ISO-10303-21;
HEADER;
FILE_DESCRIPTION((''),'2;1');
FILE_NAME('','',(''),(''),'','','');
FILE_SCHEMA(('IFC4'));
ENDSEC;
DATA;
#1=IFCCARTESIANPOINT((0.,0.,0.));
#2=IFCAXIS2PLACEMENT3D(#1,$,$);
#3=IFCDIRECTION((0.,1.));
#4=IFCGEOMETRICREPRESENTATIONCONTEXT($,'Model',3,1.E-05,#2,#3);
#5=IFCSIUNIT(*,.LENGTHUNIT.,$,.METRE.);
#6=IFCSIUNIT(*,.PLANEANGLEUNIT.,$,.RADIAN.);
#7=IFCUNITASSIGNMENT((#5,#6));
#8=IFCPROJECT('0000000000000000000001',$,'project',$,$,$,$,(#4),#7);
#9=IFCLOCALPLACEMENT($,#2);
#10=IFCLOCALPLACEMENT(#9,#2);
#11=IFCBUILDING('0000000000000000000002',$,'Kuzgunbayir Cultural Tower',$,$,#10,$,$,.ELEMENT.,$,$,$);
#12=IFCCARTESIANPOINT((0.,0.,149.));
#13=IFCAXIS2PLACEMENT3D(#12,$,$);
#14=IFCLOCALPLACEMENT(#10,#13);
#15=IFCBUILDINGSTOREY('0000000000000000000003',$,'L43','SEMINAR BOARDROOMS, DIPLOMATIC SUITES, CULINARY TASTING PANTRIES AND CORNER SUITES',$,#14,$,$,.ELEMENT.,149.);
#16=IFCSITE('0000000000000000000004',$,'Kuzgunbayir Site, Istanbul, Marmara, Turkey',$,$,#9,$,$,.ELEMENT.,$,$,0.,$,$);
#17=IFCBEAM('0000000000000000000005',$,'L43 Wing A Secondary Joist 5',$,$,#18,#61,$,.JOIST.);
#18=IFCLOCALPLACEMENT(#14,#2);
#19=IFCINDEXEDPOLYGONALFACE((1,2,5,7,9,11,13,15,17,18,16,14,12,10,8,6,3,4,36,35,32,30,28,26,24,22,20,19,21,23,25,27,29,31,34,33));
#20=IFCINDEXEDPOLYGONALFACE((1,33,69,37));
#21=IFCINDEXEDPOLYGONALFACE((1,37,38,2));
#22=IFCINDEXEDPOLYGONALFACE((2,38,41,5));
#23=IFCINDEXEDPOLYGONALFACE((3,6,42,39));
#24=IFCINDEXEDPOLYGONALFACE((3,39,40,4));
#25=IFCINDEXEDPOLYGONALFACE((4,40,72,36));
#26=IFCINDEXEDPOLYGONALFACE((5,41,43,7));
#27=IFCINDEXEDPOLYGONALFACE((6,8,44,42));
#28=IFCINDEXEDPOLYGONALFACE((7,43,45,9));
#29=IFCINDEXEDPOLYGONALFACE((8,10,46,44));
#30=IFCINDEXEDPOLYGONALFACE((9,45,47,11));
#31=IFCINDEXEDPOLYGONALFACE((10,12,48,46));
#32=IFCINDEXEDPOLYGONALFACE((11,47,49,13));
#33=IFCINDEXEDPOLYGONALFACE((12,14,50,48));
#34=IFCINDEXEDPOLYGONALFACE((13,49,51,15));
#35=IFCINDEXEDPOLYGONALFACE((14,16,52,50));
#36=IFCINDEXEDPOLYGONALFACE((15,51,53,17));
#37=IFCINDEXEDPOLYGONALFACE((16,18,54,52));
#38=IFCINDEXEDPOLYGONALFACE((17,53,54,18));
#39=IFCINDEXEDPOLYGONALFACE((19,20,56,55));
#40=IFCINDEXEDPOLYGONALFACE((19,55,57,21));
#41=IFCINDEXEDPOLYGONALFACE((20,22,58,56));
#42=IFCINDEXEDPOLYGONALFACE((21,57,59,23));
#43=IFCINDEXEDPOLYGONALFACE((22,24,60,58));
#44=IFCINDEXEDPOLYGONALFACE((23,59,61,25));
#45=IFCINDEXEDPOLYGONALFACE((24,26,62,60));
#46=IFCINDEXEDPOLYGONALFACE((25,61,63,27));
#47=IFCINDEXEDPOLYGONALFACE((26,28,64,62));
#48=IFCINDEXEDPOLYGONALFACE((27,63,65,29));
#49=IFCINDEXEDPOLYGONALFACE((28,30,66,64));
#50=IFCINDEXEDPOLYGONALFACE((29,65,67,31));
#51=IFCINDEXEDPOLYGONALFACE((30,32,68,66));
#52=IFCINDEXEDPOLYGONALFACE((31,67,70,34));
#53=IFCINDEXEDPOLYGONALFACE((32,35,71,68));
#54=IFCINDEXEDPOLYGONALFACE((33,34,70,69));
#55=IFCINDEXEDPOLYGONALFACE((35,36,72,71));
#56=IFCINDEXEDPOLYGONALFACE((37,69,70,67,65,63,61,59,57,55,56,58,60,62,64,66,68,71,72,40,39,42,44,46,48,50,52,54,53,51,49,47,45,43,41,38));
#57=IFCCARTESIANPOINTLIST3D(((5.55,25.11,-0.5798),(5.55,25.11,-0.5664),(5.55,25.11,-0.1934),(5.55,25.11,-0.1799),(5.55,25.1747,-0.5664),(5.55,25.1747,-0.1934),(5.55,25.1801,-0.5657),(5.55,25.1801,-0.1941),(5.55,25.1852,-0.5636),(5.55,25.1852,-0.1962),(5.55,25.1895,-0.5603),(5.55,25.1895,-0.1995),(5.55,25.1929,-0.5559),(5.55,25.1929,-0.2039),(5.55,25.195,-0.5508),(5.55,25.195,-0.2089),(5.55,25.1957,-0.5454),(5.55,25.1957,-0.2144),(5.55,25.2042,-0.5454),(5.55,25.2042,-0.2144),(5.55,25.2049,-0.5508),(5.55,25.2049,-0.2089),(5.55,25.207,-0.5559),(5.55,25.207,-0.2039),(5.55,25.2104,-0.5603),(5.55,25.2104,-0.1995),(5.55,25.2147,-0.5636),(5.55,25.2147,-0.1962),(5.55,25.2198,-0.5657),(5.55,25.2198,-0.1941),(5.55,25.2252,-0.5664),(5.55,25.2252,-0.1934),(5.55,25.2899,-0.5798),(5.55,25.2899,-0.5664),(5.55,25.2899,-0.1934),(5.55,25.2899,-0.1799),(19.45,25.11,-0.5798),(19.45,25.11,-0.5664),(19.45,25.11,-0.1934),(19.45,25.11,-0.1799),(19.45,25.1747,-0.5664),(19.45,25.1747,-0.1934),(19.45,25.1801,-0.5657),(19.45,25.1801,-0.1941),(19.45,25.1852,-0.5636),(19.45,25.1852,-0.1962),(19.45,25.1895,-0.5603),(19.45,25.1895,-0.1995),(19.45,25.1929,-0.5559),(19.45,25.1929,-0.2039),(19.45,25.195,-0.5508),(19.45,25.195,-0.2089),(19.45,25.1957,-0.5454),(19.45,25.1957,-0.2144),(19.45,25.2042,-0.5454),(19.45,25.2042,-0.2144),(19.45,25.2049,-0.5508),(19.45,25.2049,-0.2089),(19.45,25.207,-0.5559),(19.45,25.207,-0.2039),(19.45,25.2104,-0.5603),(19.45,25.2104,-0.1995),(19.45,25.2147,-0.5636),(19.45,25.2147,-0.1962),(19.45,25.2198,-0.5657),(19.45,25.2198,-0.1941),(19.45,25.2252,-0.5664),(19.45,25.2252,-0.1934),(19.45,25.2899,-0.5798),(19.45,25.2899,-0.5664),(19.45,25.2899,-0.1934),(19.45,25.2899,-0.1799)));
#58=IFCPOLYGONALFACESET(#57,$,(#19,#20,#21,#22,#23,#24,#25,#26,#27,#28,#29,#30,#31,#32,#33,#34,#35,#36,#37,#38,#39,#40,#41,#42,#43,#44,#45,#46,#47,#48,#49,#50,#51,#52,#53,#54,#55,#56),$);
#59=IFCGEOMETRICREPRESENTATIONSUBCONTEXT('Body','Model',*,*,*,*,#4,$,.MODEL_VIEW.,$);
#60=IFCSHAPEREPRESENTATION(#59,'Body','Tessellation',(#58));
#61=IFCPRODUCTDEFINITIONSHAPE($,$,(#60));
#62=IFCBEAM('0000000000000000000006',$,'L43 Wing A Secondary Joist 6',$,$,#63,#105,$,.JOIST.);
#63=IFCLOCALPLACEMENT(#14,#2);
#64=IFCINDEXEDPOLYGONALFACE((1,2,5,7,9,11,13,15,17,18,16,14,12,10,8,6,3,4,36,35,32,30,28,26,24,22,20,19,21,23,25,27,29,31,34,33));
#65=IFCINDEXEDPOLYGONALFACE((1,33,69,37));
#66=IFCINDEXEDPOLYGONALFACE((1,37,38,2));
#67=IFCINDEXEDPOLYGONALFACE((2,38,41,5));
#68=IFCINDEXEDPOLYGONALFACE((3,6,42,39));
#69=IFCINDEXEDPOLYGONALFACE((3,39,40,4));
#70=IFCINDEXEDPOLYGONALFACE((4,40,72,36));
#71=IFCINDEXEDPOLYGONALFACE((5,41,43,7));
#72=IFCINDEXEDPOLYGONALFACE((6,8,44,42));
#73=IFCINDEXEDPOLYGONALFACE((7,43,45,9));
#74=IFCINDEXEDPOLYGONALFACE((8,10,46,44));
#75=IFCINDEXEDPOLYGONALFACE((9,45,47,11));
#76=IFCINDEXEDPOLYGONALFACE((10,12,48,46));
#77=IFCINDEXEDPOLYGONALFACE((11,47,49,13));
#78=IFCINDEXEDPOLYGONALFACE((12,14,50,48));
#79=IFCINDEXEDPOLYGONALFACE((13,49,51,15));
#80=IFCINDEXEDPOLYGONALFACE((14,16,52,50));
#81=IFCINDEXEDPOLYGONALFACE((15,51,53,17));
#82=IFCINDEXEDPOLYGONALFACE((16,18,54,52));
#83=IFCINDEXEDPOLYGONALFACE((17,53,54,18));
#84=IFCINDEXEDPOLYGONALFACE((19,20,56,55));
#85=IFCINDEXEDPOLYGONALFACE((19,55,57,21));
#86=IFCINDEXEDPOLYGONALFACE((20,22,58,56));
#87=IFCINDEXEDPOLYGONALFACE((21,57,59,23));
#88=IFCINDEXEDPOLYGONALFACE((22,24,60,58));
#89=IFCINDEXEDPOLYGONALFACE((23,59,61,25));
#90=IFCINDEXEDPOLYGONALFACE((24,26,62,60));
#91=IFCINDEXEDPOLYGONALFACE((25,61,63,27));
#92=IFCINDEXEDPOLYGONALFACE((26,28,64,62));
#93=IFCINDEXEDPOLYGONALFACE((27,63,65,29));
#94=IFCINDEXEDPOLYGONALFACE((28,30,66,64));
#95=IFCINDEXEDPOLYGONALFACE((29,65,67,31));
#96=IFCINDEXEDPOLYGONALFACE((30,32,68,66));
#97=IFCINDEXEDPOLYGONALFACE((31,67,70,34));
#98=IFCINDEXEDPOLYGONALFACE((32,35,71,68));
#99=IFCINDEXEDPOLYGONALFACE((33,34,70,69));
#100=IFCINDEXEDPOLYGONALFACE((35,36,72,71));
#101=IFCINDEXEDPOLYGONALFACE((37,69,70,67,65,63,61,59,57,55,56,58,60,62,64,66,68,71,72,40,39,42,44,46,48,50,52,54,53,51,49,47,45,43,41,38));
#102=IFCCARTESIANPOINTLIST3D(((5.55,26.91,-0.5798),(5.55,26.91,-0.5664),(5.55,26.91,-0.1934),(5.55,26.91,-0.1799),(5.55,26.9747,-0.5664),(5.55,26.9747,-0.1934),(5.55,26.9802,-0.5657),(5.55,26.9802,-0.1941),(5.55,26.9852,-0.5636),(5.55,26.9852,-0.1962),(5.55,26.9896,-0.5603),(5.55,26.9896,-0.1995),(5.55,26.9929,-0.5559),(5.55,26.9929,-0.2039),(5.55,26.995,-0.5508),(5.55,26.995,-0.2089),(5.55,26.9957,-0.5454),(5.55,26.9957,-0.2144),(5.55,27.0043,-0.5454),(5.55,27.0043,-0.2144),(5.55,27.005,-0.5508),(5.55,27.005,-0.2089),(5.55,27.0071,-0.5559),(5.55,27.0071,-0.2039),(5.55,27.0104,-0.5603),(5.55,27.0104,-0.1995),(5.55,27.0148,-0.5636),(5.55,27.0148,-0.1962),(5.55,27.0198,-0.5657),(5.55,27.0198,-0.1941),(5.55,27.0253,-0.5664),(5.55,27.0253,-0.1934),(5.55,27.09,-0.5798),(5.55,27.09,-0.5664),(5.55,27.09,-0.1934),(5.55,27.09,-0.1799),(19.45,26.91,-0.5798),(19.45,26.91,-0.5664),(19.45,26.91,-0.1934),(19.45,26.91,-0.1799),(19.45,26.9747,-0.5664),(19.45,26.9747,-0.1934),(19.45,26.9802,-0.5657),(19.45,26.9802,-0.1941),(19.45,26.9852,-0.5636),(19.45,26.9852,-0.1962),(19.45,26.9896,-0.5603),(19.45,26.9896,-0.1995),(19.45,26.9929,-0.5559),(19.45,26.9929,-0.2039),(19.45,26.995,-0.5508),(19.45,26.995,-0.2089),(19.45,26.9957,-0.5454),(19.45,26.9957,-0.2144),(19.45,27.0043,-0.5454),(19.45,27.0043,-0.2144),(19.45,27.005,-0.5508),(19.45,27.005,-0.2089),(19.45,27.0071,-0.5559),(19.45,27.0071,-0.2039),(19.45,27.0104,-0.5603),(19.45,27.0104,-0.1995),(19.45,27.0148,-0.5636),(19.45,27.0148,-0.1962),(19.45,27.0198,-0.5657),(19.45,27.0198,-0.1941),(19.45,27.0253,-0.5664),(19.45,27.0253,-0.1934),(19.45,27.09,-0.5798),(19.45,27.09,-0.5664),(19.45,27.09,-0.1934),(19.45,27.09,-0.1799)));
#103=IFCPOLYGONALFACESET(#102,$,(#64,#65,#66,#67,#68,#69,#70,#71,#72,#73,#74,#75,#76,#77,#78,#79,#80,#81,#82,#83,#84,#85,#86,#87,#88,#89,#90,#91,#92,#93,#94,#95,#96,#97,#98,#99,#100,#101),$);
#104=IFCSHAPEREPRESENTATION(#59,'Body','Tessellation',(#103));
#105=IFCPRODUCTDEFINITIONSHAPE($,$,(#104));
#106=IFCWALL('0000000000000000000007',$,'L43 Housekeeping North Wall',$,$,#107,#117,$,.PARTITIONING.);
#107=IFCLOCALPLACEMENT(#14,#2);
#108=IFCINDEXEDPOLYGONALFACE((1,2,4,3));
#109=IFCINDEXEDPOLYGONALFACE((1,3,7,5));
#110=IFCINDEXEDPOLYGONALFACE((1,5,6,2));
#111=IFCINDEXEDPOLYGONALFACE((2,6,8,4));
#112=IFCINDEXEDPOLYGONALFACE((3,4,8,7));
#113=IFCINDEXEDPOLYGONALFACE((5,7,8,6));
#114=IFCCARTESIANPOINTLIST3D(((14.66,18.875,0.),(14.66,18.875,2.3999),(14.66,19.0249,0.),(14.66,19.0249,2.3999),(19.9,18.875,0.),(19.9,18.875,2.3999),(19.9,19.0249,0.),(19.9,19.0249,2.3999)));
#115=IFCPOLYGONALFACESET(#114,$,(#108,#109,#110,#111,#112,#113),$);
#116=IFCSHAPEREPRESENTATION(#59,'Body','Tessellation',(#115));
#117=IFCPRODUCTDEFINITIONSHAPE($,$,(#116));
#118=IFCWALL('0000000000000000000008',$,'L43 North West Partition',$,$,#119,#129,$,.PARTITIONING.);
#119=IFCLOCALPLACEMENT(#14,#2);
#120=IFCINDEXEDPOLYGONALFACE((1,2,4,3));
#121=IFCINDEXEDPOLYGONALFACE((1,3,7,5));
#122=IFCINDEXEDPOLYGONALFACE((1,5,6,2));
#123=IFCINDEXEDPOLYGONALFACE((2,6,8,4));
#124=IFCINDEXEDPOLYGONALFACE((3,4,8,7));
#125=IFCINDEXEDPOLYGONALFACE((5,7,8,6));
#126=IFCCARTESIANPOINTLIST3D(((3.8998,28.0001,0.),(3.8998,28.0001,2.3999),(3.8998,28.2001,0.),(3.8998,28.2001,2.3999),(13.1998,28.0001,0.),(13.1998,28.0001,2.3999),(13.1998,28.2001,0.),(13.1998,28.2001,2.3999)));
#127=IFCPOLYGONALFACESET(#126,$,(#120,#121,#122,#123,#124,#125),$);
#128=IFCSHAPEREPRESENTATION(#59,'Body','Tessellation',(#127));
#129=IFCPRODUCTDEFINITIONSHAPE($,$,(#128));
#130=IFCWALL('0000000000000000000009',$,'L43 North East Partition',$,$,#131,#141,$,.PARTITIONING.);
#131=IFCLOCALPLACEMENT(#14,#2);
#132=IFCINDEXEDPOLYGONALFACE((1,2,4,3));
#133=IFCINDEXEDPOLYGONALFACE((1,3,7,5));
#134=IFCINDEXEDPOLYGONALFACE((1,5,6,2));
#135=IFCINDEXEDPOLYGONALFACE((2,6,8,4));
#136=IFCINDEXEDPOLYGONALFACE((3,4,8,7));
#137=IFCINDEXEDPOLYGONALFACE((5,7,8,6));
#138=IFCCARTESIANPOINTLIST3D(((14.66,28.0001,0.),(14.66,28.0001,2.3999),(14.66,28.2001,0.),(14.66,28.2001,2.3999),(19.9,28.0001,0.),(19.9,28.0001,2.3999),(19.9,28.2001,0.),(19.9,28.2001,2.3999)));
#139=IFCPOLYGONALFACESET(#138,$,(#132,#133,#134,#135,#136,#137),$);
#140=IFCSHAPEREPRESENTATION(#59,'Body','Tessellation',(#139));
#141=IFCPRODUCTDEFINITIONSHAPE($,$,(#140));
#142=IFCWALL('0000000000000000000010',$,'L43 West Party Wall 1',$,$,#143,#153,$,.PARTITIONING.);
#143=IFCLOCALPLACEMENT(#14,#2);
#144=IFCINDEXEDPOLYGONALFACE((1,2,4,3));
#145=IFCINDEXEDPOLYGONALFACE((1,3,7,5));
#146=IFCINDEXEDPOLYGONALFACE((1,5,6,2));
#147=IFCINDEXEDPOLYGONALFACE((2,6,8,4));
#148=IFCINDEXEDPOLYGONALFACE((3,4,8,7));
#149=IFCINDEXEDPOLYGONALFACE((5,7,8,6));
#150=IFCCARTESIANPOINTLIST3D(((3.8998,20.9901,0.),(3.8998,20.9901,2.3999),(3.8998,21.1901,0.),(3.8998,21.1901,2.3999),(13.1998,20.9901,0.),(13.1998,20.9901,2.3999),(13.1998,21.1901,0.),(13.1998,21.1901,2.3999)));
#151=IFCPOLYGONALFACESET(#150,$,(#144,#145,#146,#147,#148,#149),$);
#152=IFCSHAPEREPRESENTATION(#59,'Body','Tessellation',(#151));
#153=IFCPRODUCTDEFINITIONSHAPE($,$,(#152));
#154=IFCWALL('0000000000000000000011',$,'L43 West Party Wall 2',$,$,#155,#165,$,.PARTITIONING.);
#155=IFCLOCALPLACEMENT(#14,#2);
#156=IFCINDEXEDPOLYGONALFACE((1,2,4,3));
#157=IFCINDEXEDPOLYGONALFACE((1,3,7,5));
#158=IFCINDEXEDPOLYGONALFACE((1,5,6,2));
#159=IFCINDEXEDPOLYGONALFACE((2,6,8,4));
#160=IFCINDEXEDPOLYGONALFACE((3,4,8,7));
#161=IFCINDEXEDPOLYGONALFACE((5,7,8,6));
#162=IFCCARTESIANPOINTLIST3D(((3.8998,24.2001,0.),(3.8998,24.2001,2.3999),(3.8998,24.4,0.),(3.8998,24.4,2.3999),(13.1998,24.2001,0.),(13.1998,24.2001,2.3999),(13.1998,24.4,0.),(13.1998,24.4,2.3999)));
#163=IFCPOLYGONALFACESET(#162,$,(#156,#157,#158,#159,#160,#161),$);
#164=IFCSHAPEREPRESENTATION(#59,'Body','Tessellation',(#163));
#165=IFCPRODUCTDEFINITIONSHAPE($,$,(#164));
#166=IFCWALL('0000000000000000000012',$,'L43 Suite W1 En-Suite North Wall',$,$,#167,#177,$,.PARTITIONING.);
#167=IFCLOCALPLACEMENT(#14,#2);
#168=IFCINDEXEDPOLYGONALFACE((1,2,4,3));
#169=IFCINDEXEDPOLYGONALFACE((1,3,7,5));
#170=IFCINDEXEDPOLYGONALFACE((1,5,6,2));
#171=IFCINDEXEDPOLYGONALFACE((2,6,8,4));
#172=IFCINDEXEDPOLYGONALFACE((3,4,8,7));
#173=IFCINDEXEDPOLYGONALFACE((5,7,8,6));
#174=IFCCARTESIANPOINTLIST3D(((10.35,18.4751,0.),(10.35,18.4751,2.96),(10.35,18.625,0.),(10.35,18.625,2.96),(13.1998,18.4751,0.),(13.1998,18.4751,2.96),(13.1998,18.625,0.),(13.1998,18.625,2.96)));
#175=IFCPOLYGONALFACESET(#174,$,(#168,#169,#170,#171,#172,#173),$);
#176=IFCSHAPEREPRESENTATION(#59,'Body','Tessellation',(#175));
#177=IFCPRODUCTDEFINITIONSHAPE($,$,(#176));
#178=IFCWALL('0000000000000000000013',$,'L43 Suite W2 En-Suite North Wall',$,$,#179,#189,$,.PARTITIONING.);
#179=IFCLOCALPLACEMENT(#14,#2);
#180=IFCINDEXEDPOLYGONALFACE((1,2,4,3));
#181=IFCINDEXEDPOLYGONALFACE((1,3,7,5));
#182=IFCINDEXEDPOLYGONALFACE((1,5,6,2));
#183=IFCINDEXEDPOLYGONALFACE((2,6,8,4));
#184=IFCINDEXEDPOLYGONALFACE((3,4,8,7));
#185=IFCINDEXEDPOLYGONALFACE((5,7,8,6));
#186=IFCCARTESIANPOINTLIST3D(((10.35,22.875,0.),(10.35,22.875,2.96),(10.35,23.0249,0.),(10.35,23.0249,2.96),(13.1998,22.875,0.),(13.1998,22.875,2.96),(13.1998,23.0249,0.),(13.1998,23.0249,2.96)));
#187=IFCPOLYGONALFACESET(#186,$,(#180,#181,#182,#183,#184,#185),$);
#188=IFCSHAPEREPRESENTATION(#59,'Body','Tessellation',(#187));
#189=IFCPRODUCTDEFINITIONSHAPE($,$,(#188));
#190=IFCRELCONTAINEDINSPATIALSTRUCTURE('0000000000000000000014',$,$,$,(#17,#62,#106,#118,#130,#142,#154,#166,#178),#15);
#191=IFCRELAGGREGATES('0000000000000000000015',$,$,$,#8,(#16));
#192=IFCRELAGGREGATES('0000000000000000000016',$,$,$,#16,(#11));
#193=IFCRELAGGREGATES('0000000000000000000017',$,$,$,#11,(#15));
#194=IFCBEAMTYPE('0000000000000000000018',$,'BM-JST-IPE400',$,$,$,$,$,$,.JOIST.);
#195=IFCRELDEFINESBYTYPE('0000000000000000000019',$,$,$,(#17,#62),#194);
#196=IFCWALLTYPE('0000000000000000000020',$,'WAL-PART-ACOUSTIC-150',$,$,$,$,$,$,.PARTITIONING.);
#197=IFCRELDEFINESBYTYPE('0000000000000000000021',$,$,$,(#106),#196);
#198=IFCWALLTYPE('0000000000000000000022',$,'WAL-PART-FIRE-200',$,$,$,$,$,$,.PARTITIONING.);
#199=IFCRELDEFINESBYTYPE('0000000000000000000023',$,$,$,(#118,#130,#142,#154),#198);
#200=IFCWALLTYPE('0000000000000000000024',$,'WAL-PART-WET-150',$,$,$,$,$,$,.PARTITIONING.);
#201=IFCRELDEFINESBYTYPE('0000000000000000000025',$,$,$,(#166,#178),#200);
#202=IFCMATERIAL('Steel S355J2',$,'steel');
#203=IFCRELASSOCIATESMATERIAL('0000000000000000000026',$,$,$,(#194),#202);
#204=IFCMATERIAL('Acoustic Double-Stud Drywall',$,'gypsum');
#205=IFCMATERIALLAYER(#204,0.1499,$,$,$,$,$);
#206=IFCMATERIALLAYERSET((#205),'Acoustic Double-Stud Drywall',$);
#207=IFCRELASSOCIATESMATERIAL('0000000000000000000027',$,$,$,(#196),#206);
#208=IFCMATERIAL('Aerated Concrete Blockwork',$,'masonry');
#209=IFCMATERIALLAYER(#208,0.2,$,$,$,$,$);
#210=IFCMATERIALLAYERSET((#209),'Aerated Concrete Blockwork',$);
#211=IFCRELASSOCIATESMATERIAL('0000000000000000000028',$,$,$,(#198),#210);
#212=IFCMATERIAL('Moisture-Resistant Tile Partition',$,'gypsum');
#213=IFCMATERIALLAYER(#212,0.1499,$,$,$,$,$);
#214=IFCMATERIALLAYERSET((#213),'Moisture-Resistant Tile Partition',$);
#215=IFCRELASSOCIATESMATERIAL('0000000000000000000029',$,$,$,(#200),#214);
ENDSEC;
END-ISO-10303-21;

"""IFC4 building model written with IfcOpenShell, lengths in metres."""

from ifc_helpers import new_model, si_unit, direction, frame, frame_2d, origin, origin_2d, place, context, subcontext, project, spatial, rectangle, i_section, extrude, material, layer, layer_set, material_profile, profile_set, type_object, element, save


model = new_model("IFC4")

# Units and contexts
model_context = context("Model", 3, precision=1e-05, world=origin(), true_north=direction((0.0, 1.0)))
body_context = subcontext(model_context, "Body", "Model", "MODEL_VIEW")
ifc_project = project(units=[si_unit("LENGTHUNIT", "METRE"), si_unit("PLANEANGLEUNIT", "RADIAN")], contexts=[model_context])

# Site, building, storey
site_placement = place(None, origin())
site = spatial("IfcSite", under=ifc_project, at=site_placement, Name="Kuzgunbayir Site, Istanbul, Marmara, Turkey", CompositionType="ELEMENT", RefElevation=0.0)
building_placement = place(site_placement, origin())
building = spatial("IfcBuilding", under=site, at=building_placement, Name="Kuzgunbayir Cultural Tower", CompositionType="ELEMENT")
storey_placement = place(building_placement, frame((0.0, 0.0, 149.0)))
storey = spatial("IfcBuildingStorey", under=building, at=storey_placement, Name="L43", Description="SEMINAR BOARDROOMS, DIPLOMATIC SUITES, CULINARY TASTING PANTRIES AND CORNER SUITES", CompositionType="ELEMENT", Elevation=149.0)

# Beams
ifc_material_1 = material(Name="Steel S355J2", Category="steel")
ifc_material_profile_1 = material_profile(ifc_material_1, i_section(OverallWidth=0.1799, OverallDepth=0.3999, WebThickness=0.0085, FlangeThickness=0.0134, FilletRadius=0.021, at=origin_2d()), Name="IPE 400")
ifc_profile_set_1 = profile_set([ifc_material_profile_1], Name="Steel S355J2")
beam_type_1 = type_object("IfcBeamType", Name="BM-JST-IPE400", PredefinedType="JOIST", material=ifc_profile_set_1)
for number, where, z_axis, x_axis, name in (
    (1, (5.55, 25.2, -0.3799), (1.0, 0.0, 0.0), (0.0, 1.0, 0.0), "L43 Wing A Secondary Joist 5"),
    (2, (5.55, 27.0, -0.3799), (1.0, 0.0, 0.0), (0.0, 1.0, 0.0), "L43 Wing A Secondary Joist 6"),
):
    element("IfcBeam", number, at=place(storey_placement, frame(where, z_axis=z_axis, x_axis=x_axis)), inside=storey, type_object=beam_type_1, Name=name, PredefinedType="JOIST", context=body_context, shape_type="SweptSolid", body=[
        extrude(i_section(OverallWidth=0.1799, OverallDepth=0.3999, WebThickness=0.0085, FlangeThickness=0.0134, FilletRadius=0.021, at=origin_2d()), origin(), (0.0, 0.0, 1.0), 13.8999),
    ])

# Walls
ifc_material_2 = material(Name="Acoustic Double-Stud Drywall", Category="gypsum")
ifc_layer_1 = layer(ifc_material_2, 0.1499)
ifc_layer_set_1 = layer_set([ifc_layer_1], Name="Acoustic Double-Stud Drywall")
wall_type_1 = type_object("IfcWallType", Name="WAL-PART-ACOUSTIC-150", PredefinedType="PARTITIONING", material=ifc_layer_set_1)
wall_1_placement = place(storey_placement, frame((14.6599, 18.95, 0.0), z_axis=(0.0, 0.0, 1.0), x_axis=(1.0, 0.0, 0.0)))
element("IfcWall", 3, at=wall_1_placement, inside=storey, type_object=wall_type_1, Name="L43 Housekeeping North Wall", PredefinedType="PARTITIONING", context=body_context, shape_type="SweptSolid", body=[
    extrude(rectangle(XDim=5.24, YDim=0.1499, at=frame_2d((2.6201, 0.0))), origin(), (0.0, 0.0, 1.0), 2.3999),
])
ifc_material_3 = material(Name="Aerated Concrete Blockwork", Category="masonry")
ifc_layer_2 = layer(ifc_material_3, 0.2)
ifc_layer_set_2 = layer_set([ifc_layer_2], Name="Aerated Concrete Blockwork")
wall_type_2 = type_object("IfcWallType", Name="WAL-PART-FIRE-200", PredefinedType="PARTITIONING", material=ifc_layer_set_2)
wall_2_placement = place(storey_placement, frame((3.8999, 28.1001, 0.0), z_axis=(0.0, 0.0, 1.0), x_axis=(1.0, 0.0, 0.0)))
element("IfcWall", 4, at=wall_2_placement, inside=storey, type_object=wall_type_2, Name="L43 North West Partition", PredefinedType="PARTITIONING", context=body_context, shape_type="SweptSolid", body=[
    extrude(rectangle(XDim=9.3, YDim=0.2, at=frame_2d((4.6499, 0.0))), origin(), (0.0, 0.0, 1.0), 2.3999),
])
wall_3_placement = place(storey_placement, frame((14.6599, 28.1001, 0.0), z_axis=(0.0, 0.0, 1.0), x_axis=(1.0, 0.0, 0.0)))
element("IfcWall", 5, at=wall_3_placement, inside=storey, type_object=wall_type_2, Name="L43 North East Partition", PredefinedType="PARTITIONING", context=body_context, shape_type="SweptSolid", body=[
    extrude(rectangle(XDim=5.24, YDim=0.2, at=frame_2d((2.6201, 0.0))), origin(), (0.0, 0.0, 1.0), 2.3999),
])
for number, where, z_axis, x_axis, name in (
    (6, (3.8999, 21.0901, 0.0), (0.0, 0.0, 1.0), (1.0, 0.0, 0.0), "L43 West Party Wall 1"),
    (7, (3.8999, 24.3, 0.0), (0.0, 0.0, 1.0), (1.0, 0.0, 0.0), "L43 West Party Wall 2"),
):
    element("IfcWall", number, at=place(storey_placement, frame(where, z_axis=z_axis, x_axis=x_axis)), inside=storey, type_object=wall_type_2, Name=name, PredefinedType="PARTITIONING", context=body_context, shape_type="SweptSolid", body=[
        extrude(rectangle(XDim=9.3, YDim=0.2, at=frame_2d((4.6499, 0.0))), origin(), (0.0, 0.0, 1.0), 2.3999),
    ])
ifc_material_4 = material(Name="Moisture-Resistant Tile Partition", Category="gypsum")
ifc_layer_3 = layer(ifc_material_4, 0.1499)
ifc_layer_set_3 = layer_set([ifc_layer_3], Name="Moisture-Resistant Tile Partition")
wall_type_3 = type_object("IfcWallType", Name="WAL-PART-WET-150", PredefinedType="PARTITIONING", material=ifc_layer_set_3)
for number, where, z_axis, x_axis, name in (
    (8, (10.3501, 18.55, 0.0), (0.0, 0.0, 1.0), (1.0, 0.0, 0.0), "L43 Suite W1 En-Suite North Wall"),
    (9, (10.3501, 22.95, 0.0), (0.0, 0.0, 1.0), (1.0, 0.0, 0.0), "L43 Suite W2 En-Suite North Wall"),
):
    element("IfcWall", number, at=place(storey_placement, frame(where, z_axis=z_axis, x_axis=x_axis)), inside=storey, type_object=wall_type_3, Name=name, PredefinedType="PARTITIONING", context=body_context, shape_type="SweptSolid", body=[
        extrude(rectangle(XDim=2.8499, YDim=0.1499, at=frame_2d((1.4248, 0.0))), origin(), (0.0, 0.0, 1.0), 2.96),
    ])

save(model, "model.ifc")
